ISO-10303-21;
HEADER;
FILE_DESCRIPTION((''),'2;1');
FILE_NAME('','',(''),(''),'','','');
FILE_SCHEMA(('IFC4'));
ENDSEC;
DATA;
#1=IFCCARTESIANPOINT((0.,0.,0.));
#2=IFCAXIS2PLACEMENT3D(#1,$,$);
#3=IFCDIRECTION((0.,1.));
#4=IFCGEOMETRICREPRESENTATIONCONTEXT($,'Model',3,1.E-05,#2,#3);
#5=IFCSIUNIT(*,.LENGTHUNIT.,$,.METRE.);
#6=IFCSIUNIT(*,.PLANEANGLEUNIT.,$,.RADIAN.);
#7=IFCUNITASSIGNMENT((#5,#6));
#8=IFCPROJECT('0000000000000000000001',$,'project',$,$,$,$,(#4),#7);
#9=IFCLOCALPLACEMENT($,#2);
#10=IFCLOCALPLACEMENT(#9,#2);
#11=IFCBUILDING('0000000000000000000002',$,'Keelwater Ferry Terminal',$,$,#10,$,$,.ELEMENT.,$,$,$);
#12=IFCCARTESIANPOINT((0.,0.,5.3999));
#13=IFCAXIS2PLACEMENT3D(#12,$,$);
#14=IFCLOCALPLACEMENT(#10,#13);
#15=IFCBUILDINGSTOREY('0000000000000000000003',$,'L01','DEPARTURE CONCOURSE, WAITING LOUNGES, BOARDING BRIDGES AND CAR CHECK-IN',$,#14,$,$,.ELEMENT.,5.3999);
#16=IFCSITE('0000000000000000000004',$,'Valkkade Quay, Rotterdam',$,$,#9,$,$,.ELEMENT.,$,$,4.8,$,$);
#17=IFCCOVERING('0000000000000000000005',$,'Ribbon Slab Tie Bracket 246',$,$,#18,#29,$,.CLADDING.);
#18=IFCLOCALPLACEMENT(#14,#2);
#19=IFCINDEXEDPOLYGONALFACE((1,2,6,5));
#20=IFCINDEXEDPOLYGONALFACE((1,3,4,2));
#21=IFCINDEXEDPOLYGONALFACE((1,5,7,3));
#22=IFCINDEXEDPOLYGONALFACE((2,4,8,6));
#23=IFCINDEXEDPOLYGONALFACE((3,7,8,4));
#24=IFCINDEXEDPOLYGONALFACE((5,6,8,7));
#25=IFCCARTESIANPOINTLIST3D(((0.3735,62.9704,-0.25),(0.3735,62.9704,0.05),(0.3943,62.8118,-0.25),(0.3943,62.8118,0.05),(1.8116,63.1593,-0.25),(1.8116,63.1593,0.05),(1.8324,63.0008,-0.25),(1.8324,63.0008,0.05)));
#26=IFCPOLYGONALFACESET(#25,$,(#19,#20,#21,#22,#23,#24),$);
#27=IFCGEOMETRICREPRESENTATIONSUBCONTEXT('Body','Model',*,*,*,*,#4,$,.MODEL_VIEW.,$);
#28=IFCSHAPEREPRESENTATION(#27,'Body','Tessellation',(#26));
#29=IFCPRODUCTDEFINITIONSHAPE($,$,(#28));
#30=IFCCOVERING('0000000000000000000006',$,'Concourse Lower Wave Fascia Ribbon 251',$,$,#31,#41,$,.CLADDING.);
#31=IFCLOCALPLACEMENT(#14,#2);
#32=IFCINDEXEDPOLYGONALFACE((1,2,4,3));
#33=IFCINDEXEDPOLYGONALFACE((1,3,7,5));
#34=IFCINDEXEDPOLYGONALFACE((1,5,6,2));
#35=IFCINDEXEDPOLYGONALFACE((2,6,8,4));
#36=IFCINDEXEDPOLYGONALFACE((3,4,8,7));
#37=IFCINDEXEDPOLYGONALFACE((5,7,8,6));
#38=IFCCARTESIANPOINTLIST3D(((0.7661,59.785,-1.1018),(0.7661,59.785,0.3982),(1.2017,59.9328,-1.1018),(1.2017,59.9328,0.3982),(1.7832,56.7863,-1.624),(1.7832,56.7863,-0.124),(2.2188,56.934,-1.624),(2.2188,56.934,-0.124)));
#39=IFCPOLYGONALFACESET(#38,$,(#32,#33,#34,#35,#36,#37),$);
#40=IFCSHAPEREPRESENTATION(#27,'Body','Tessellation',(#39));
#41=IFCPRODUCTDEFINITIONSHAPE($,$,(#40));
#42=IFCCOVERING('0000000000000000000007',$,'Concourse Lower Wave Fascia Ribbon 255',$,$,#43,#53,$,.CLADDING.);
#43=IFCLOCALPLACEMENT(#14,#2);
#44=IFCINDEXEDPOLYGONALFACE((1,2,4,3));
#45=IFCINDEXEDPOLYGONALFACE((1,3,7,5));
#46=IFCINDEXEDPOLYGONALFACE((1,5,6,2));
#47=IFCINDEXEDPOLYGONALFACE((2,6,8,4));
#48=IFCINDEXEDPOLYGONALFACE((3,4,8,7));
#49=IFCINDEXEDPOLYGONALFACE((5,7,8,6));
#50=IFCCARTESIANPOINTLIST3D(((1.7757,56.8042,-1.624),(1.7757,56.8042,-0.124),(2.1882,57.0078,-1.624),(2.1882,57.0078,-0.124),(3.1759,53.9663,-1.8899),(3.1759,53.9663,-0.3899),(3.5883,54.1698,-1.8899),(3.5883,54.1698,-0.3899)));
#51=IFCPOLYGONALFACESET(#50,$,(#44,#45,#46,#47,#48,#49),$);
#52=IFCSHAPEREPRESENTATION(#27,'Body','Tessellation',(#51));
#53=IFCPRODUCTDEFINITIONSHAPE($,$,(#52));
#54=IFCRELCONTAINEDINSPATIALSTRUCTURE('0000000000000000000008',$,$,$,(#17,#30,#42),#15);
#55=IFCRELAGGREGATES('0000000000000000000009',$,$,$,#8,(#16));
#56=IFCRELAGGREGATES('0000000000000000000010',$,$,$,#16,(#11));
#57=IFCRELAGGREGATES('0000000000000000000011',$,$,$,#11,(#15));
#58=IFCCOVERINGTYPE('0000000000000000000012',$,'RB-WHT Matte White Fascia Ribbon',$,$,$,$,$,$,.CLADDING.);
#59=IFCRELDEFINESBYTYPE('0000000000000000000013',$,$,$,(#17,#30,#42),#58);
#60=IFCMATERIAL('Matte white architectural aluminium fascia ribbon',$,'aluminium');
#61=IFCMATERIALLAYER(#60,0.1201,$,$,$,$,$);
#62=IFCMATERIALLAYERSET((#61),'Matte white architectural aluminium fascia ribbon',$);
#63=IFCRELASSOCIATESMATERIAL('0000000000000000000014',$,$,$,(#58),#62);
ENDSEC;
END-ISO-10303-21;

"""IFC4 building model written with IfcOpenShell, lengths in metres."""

from ifc_helpers import new_model, si_unit, direction, frame, frame_2d, origin, place, context, subcontext, project, spatial, polyline, rectangle, outline, extrude, material, layer, layer_set, type_object, element, save


model = new_model("IFC4")

# Units and contexts
model_context = context("Model", 3, precision=1e-05, world=origin(), true_north=direction((0.0, 1.0)))
body_context = subcontext(model_context, "Body", "Model", "MODEL_VIEW")
ifc_project = project(units=[si_unit("LENGTHUNIT", "METRE"), si_unit("PLANEANGLEUNIT", "RADIAN")], contexts=[model_context])

# Site, building, storey
site_placement = place(None, origin())
site = spatial("IfcSite", under=ifc_project, at=site_placement, Name="Valkkade Quay, Rotterdam", CompositionType="ELEMENT", RefElevation=4.8)
building_placement = place(site_placement, origin())
building = spatial("IfcBuilding", under=site, at=building_placement, Name="Keelwater Ferry Terminal", CompositionType="ELEMENT")
storey_placement = place(building_placement, frame((0.0, 0.0, 5.3999)))
storey = spatial("IfcBuildingStorey", under=building, at=storey_placement, Name="L01", Description="DEPARTURE CONCOURSE, WAITING LOUNGES, BOARDING BRIDGES AND CAR CHECK-IN", CompositionType="ELEMENT", Elevation=5.3999)

# Coverings
ifc_material_1 = material(Name="Matte white architectural aluminium fascia ribbon", Category="aluminium")
ifc_layer_1 = layer(ifc_material_1, 0.1201)
ifc_layer_set_1 = layer_set([ifc_layer_1], Name="Matte white architectural aluminium fascia ribbon")
covering_type = type_object("IfcCoveringType", Name="RB-WHT Matte White Fascia Ribbon", PredefinedType="CLADDING", material=ifc_layer_set_1)
covering_1_placement = place(storey_placement, frame((0.384, 62.8911, -0.25), z_axis=(0.0, 0.0, 1.0), x_axis=(0.991476, 0.130289, 0.0)))
element("IfcCovering", 1, at=covering_1_placement, inside=storey, type_object=covering_type, Name="Ribbon Slab Tie Bracket 246", PredefinedType="CLADDING", context=body_context, shape_type="SweptSolid", body=[
    extrude(rectangle(XDim=1.4504, YDim=0.1599, at=frame_2d((0.7251, 0.0))), origin(), (0.0, 0.0, 1.0), 0.3),
])
covering_2_placement = place(storey_placement, frame((0.9839, 59.8589, -1.624), z_axis=(0.0, 0.0, 1.0), x_axis=(0.321196, -0.947013, 0.0)))
element("IfcCovering", 2, at=covering_2_placement, inside=storey, type_object=covering_type, Name="Concourse Lower Wave Fascia Ribbon 251", PredefinedType="CLADDING", context=body_context, shape_type="SweptSolid", body=[
    extrude(outline(polyline([(0.0, 0.5222), (3.1665, 0.0), (3.1665, 1.5), (0.0, 2.0222), (0.0, 0.5222)])), frame((0.0, 0.23, 0.0), z_axis=(0.0, -1.0, 0.0), x_axis=(1.0, 0.0, 0.0)), (0.0, 0.0, 1.0), 0.46),
])
covering_3_placement = place(storey_placement, frame((1.9819, 56.906, -1.8899), z_axis=(0.0, 0.0, 1.0), x_axis=(0.442455, -0.896791, 0.0)))
element("IfcCovering", 3, at=covering_3_placement, inside=storey, type_object=covering_type, Name="Concourse Lower Wave Fascia Ribbon 255", PredefinedType="CLADDING", context=body_context, shape_type="SweptSolid", body=[
    extrude(outline(polyline([(0.0, 0.2659), (3.1646, 0.0), (3.1646, 1.5), (0.0, 1.7659), (0.0, 0.2659)])), frame((0.0, 0.23, 0.0), z_axis=(0.0, -1.0, 0.0), x_axis=(1.0, 0.0, 0.0)), (0.0, 0.0, 1.0), 0.46),
])

save(model, "model.ifc")
